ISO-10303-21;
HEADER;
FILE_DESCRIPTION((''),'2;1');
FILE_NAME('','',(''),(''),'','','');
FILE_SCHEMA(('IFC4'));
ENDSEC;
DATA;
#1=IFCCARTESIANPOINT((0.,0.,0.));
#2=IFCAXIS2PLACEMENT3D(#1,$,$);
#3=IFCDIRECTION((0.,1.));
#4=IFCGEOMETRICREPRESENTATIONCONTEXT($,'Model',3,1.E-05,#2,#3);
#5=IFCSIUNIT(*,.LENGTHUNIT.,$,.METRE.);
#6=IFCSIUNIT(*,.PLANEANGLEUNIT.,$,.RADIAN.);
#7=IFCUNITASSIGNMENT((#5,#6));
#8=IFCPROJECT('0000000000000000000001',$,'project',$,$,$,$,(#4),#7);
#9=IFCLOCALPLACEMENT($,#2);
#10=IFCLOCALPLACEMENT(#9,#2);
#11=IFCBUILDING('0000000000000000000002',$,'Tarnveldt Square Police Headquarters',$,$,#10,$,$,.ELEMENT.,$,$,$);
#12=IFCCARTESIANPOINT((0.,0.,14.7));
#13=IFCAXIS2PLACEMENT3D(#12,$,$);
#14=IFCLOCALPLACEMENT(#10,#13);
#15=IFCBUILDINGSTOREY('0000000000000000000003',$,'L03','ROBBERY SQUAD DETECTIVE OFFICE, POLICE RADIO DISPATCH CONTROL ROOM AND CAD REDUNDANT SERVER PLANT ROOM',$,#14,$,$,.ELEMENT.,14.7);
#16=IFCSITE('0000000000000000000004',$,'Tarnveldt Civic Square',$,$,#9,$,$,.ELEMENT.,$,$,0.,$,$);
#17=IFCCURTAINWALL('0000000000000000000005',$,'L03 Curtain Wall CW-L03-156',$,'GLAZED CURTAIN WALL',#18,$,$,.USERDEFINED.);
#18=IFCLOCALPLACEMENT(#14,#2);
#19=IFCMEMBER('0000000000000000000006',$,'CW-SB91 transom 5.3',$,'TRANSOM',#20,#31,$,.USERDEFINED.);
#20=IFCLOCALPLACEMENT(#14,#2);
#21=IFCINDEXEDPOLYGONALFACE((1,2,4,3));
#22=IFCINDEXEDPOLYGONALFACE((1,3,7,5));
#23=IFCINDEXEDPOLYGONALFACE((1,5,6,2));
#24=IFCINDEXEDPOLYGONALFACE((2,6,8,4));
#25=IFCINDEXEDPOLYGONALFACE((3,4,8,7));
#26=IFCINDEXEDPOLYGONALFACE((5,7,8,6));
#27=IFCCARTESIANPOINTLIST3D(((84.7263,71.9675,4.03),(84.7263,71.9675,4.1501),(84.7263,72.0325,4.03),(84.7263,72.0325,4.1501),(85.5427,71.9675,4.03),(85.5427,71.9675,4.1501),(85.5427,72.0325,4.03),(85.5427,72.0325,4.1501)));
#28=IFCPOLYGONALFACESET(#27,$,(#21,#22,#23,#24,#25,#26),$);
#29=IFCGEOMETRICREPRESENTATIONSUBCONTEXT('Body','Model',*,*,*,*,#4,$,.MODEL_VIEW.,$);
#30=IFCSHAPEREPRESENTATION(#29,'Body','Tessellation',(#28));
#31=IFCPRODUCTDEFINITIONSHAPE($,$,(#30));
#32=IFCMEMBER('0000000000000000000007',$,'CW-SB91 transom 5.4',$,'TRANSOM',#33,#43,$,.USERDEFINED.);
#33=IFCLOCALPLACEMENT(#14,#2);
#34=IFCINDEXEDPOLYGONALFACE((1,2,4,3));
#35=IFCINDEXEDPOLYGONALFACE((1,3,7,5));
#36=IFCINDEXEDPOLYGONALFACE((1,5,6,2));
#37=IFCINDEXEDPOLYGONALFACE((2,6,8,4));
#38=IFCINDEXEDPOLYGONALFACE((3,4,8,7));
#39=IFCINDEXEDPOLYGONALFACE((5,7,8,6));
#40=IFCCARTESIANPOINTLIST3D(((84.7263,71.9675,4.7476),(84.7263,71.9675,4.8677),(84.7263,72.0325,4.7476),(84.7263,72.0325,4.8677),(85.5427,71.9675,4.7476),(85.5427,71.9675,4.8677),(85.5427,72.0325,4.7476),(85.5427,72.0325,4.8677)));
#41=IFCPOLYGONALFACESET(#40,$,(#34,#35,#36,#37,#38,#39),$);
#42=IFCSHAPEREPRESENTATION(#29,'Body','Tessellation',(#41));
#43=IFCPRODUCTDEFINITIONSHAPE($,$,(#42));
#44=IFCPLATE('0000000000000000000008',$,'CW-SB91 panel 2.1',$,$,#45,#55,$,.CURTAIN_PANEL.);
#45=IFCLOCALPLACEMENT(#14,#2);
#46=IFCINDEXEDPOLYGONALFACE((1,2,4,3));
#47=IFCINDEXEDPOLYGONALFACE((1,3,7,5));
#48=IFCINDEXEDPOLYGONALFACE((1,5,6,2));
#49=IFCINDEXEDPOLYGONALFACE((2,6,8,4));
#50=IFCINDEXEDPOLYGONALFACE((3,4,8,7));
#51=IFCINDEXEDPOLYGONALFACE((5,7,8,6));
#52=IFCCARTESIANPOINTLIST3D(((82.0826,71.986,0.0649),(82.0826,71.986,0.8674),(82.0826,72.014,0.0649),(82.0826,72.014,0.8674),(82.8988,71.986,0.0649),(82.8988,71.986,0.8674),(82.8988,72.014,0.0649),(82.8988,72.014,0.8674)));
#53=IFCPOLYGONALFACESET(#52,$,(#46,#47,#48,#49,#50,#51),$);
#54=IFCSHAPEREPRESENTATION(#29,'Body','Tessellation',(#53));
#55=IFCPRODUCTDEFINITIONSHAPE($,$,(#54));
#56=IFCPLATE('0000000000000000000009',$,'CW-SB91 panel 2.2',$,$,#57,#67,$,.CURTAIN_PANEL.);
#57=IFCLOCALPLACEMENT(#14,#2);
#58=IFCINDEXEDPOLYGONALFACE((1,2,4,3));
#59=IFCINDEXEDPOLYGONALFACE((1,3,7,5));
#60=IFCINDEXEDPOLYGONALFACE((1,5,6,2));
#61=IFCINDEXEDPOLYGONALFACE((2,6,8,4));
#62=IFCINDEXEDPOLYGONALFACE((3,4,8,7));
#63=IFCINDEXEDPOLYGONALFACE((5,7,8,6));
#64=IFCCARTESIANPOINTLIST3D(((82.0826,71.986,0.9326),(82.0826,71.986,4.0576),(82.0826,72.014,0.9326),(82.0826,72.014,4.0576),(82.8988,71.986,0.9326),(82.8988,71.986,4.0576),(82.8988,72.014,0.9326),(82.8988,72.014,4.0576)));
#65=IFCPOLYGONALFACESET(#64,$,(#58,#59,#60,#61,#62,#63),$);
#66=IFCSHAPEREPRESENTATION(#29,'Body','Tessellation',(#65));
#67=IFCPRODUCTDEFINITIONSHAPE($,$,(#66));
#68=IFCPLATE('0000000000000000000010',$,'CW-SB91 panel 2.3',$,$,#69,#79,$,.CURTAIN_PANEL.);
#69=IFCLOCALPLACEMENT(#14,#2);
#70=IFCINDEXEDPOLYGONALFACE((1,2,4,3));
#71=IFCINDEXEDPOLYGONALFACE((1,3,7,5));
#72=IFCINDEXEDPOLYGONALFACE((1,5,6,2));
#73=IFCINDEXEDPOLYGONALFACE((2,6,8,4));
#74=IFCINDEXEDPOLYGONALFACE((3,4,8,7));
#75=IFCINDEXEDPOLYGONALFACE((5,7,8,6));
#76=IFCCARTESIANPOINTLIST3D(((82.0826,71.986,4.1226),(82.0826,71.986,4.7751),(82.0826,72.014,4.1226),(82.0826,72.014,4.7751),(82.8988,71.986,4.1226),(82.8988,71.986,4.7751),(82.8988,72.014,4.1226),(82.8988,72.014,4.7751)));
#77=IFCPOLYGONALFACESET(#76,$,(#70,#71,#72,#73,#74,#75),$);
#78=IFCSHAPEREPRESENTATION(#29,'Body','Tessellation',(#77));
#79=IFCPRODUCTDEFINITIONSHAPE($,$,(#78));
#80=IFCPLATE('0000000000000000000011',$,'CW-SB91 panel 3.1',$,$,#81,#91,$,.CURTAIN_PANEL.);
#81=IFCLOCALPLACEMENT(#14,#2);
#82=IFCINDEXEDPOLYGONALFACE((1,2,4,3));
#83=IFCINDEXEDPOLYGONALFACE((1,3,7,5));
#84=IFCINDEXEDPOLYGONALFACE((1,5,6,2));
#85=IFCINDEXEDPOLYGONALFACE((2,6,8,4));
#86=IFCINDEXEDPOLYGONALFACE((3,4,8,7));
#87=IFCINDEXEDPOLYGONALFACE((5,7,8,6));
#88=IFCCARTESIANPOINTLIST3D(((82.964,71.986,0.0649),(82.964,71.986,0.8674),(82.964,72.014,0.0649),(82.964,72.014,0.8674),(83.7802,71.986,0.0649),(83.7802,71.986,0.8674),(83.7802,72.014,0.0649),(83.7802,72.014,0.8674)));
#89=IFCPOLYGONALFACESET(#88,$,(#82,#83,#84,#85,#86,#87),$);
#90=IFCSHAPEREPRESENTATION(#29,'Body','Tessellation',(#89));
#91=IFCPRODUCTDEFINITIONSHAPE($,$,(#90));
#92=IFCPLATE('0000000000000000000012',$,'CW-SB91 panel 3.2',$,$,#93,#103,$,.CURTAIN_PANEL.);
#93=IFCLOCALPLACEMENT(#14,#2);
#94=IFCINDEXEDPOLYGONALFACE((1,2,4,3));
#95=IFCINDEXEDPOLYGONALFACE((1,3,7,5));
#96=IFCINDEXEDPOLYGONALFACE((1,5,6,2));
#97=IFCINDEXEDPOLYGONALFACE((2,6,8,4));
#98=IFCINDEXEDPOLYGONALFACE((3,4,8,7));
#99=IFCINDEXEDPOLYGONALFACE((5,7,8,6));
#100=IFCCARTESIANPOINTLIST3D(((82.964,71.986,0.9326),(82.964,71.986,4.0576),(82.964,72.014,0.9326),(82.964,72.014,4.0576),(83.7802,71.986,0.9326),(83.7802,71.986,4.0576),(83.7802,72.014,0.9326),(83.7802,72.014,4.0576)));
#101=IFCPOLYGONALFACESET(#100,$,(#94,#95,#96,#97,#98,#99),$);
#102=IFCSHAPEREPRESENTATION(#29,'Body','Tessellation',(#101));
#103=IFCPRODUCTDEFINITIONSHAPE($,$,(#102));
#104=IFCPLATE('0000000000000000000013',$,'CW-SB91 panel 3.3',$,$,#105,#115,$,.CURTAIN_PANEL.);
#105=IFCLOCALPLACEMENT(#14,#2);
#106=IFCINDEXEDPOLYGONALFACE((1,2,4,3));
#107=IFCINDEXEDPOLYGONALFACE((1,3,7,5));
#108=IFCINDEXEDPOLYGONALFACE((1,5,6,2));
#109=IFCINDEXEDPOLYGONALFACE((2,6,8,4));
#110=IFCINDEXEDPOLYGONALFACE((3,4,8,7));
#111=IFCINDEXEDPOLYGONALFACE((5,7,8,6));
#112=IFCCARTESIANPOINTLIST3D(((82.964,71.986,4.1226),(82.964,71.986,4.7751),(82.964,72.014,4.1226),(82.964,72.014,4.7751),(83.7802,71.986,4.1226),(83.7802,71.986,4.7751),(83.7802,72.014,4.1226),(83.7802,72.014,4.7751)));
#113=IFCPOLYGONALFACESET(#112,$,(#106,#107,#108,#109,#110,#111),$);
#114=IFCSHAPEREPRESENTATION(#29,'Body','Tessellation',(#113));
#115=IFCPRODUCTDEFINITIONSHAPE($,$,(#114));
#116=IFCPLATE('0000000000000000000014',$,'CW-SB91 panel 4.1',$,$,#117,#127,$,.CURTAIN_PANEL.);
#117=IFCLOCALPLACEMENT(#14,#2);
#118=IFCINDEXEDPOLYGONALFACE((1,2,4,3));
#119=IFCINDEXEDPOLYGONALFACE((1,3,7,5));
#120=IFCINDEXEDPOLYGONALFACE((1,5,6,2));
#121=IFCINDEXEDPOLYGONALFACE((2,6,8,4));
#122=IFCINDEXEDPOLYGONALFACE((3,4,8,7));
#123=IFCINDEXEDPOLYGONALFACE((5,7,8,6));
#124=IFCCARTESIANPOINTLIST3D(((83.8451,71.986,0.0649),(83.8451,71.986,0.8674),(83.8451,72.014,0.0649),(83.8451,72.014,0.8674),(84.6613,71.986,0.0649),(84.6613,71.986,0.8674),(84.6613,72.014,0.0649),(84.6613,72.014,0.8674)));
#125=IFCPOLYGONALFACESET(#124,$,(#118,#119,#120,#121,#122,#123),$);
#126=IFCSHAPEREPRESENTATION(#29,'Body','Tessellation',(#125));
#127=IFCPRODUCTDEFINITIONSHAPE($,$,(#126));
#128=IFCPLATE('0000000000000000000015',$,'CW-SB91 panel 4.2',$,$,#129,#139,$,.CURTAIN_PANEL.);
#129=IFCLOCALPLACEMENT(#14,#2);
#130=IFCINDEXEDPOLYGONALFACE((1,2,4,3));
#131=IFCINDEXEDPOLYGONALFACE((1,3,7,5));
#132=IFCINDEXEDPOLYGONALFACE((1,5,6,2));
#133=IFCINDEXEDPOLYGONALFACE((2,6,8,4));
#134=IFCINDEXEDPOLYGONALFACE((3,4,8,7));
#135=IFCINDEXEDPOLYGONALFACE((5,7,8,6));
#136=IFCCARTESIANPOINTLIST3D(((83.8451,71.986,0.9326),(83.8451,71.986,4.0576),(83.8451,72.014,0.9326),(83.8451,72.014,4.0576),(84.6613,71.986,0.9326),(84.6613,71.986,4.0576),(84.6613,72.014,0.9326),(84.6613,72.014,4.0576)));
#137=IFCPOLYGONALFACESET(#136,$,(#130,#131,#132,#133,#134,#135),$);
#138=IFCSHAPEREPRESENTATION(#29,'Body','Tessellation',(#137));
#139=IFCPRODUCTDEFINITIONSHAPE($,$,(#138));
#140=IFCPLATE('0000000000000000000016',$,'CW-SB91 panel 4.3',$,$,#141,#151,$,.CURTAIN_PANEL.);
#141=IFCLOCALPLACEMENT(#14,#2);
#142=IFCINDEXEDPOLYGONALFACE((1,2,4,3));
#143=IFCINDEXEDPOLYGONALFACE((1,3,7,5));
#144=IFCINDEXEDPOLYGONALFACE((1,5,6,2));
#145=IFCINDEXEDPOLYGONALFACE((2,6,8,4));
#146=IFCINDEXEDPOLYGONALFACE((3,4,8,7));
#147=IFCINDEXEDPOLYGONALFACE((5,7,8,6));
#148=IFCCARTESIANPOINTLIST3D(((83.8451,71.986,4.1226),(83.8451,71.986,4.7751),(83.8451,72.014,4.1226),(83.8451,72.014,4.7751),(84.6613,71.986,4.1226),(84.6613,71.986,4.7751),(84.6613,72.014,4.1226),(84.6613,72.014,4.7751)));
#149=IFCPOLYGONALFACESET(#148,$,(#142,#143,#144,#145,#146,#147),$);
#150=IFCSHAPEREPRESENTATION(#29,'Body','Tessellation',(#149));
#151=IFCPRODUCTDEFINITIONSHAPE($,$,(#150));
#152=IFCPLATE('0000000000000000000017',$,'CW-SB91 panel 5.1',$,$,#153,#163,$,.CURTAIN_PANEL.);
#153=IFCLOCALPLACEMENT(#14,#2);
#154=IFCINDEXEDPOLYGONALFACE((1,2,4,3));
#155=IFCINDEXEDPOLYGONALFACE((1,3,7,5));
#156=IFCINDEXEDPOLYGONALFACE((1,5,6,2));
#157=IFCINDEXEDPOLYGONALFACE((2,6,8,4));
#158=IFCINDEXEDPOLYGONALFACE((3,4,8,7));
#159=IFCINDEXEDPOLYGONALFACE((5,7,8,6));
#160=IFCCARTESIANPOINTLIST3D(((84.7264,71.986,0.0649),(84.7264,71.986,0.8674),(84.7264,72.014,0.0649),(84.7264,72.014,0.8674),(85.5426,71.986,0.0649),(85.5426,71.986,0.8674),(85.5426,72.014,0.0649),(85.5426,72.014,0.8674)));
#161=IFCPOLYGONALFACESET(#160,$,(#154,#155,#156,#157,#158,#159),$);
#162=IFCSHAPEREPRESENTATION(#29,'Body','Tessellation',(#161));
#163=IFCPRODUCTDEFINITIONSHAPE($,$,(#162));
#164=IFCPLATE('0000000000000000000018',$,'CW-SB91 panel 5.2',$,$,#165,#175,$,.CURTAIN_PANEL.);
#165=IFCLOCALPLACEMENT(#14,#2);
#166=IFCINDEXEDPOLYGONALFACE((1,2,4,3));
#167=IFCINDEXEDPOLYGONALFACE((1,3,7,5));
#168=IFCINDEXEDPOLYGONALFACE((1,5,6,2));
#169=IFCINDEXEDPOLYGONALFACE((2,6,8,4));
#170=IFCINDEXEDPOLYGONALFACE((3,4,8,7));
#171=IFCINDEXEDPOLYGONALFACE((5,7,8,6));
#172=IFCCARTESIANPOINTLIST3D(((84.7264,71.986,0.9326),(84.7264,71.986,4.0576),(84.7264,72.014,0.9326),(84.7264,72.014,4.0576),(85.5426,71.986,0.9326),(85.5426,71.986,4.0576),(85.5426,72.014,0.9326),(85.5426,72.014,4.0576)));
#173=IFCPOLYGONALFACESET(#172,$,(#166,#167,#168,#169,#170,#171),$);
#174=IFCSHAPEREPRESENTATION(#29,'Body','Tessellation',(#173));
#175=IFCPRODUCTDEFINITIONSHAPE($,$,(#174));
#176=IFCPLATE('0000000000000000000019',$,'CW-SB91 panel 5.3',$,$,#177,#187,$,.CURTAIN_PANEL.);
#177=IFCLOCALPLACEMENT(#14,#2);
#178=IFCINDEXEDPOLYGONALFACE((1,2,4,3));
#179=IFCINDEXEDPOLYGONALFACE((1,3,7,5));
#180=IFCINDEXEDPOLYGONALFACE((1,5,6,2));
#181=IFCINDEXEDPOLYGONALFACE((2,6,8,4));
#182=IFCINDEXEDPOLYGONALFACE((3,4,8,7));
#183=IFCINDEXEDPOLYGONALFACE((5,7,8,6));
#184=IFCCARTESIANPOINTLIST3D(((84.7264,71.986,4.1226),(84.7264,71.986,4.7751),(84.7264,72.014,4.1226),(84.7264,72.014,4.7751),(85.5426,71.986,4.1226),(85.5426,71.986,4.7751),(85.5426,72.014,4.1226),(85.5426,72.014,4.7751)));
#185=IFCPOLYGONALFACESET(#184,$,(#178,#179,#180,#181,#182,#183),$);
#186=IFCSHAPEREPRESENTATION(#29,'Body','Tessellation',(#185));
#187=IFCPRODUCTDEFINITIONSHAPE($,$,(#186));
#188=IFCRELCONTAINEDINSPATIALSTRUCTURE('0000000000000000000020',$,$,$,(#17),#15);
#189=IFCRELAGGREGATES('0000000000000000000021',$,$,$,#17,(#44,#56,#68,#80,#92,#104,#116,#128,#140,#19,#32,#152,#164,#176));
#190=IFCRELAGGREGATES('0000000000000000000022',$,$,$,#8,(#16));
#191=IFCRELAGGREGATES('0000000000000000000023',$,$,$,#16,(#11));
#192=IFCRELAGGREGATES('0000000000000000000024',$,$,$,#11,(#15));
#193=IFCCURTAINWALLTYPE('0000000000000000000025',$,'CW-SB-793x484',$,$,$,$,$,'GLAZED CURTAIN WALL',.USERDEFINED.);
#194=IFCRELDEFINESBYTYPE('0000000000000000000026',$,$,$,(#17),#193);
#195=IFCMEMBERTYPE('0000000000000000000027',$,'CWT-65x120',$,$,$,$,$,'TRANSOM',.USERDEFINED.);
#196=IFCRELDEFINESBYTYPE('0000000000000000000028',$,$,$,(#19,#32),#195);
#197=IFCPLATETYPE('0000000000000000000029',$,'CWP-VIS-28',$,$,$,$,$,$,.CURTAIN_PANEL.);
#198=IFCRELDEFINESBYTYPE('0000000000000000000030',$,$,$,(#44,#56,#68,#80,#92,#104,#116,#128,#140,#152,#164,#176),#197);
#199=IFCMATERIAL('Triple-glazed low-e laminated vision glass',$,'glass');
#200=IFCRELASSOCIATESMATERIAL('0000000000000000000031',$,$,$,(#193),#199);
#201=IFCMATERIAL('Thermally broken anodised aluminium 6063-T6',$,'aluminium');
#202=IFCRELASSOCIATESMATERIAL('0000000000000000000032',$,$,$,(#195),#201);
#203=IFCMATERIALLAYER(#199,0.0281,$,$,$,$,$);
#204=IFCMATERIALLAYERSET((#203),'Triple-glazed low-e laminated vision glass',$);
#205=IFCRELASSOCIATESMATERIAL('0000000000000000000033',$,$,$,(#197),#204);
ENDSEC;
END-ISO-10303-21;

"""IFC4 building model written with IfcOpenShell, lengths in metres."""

from ifc_helpers import new_model, si_unit, direction, frame, origin, origin_2d, place, context, subcontext, project, spatial, rectangle, extrude, material, layer, layer_set, material_profile, profile_set, type_object, element, aggregate, save


model = new_model("IFC4")

# Units and contexts
model_context = context("Model", 3, precision=1e-05, world=origin(), true_north=direction((0.0, 1.0)))
body_context = subcontext(model_context, "Body", "Model", "MODEL_VIEW")
ifc_project = project(units=[si_unit("LENGTHUNIT", "METRE"), si_unit("PLANEANGLEUNIT", "RADIAN")], contexts=[model_context])

# Site, building, storey
site_placement = place(None, origin())
site = spatial("IfcSite", under=ifc_project, at=site_placement, Name="Tarnveldt Civic Square", CompositionType="ELEMENT", RefElevation=0.0)
building_placement = place(site_placement, origin())
building = spatial("IfcBuilding", under=site, at=building_placement, Name="Tarnveldt Square Police Headquarters", CompositionType="ELEMENT")
storey_placement = place(building_placement, frame((0.0, 0.0, 14.7)))
storey = spatial("IfcBuildingStorey", under=building, at=storey_placement, Name="L03", Description="ROBBERY SQUAD DETECTIVE OFFICE, POLICE RADIO DISPATCH CONTROL ROOM AND CAD REDUNDANT SERVER PLANT ROOM", CompositionType="ELEMENT", Elevation=14.7)

# Curtain wall, members, plates
ifc_material_1 = material(Name="Triple-glazed low-e laminated vision glass", Category="glass")
curtain_wall_type = type_object("IfcCurtainWallType", Name="CW-SB-793x484", ElementType="GLAZED CURTAIN WALL", PredefinedType="USERDEFINED", material=ifc_material_1)
curtain_wall_placement = place(storey_placement, origin())
curtain_wall = element("IfcCurtainWall", 1, at=curtain_wall_placement, inside=storey, type_object=curtain_wall_type, Name="L03 Curtain Wall CW-L03-156", ObjectType="GLAZED CURTAIN WALL", PredefinedType="USERDEFINED")
ifc_material_2 = material(Name="Thermally broken anodised aluminium 6063-T6", Category="aluminium")
ifc_material_profile_1 = material_profile(ifc_material_2, rectangle(XDim=0.0649, YDim=0.1201, at=origin_2d()), Name="CW-T65x120")
ifc_profile_set_1 = profile_set([ifc_material_profile_1], Name="Thermally broken anodised aluminium 6063-T6")
member_type_1 = type_object("IfcMemberType", Name="CWT-65x120", ElementType="TRANSOM", PredefinedType="USERDEFINED", material=ifc_profile_set_1)
member_1_placement = place(storey_placement, frame((84.7263, 72.0, 4.0901), z_axis=(1.0, 0.0, 0.0), x_axis=(0.0, 1.0, 0.0)))
member_1 = element("IfcMember", 2, at=member_1_placement, type_object=member_type_1, Name="CW-SB91 transom 5.3", ObjectType="TRANSOM", PredefinedType="USERDEFINED", context=body_context, shape_type="SweptSolid", body=[
    extrude(rectangle(XDim=0.0649, YDim=0.1201, at=origin_2d()), origin(), (0.0, 0.0, 1.0), 0.8164),
])
member_2_placement = place(storey_placement, frame((84.7263, 72.0, 4.8076), z_axis=(1.0, 0.0, 0.0), x_axis=(0.0, 1.0, 0.0)))
member_2 = element("IfcMember", 3, at=member_2_placement, type_object=member_type_1, Name="CW-SB91 transom 5.4", ObjectType="TRANSOM", PredefinedType="USERDEFINED", context=body_context, shape_type="SweptSolid", body=[
    extrude(rectangle(XDim=0.0649, YDim=0.1201, at=origin_2d()), origin(), (0.0, 0.0, 1.0), 0.8164),
])
ifc_layer = layer(ifc_material_1, 0.0281)
ifc_layer_set = layer_set([ifc_layer], Name="Triple-glazed low-e laminated vision glass")
plate_type = type_object("IfcPlateType", Name="CWP-VIS-28", PredefinedType="CURTAIN_PANEL", material=ifc_layer_set)
plate_1_placement = place(storey_placement, frame((82.4907, 72.0, 0.0649), z_axis=(0.0, 0.0, 1.0), x_axis=(1.0, 0.0, 0.0)))
plate_1 = element("IfcPlate", 4, at=plate_1_placement, type_object=plate_type, Name="CW-SB91 panel 2.1", PredefinedType="CURTAIN_PANEL", context=body_context, shape_type="SweptSolid", body=[
    extrude(rectangle(XDim=0.8162, YDim=0.0281, at=origin_2d()), origin(), (0.0, 0.0, 1.0), 0.8025),
])
plate_2_placement = place(storey_placement, frame((82.4907, 72.0, 0.9326), z_axis=(0.0, 0.0, 1.0), x_axis=(1.0, 0.0, 0.0)))
plate_2 = element("IfcPlate", 5, at=plate_2_placement, type_object=plate_type, Name="CW-SB91 panel 2.2", PredefinedType="CURTAIN_PANEL", context=body_context, shape_type="SweptSolid", body=[
    extrude(rectangle(XDim=0.8162, YDim=0.0281, at=origin_2d()), origin(), (0.0, 0.0, 1.0), 3.125),
])
plate_3_placement = place(storey_placement, frame((82.4907, 72.0, 4.1226), z_axis=(0.0, 0.0, 1.0), x_axis=(1.0, 0.0, 0.0)))
plate_3 = element("IfcPlate", 6, at=plate_3_placement, type_object=plate_type, Name="CW-SB91 panel 2.3", PredefinedType="CURTAIN_PANEL", context=body_context, shape_type="SweptSolid", body=[
    extrude(rectangle(XDim=0.8162, YDim=0.0281, at=origin_2d()), origin(), (0.0, 0.0, 1.0), 0.6526),
])
plate_4_placement = place(storey_placement, frame((83.3721, 72.0, 0.0649), z_axis=(0.0, 0.0, 1.0), x_axis=(1.0, 0.0, 0.0)))
plate_4 = element("IfcPlate", 7, at=plate_4_placement, type_object=plate_type, Name="CW-SB91 panel 3.1", PredefinedType="CURTAIN_PANEL", context=body_context, shape_type="SweptSolid", body=[
    extrude(rectangle(XDim=0.8162, YDim=0.0281, at=origin_2d()), origin(), (0.0, 0.0, 1.0), 0.8025),
])
plate_5_placement = place(storey_placement, frame((83.3721, 72.0, 0.9326), z_axis=(0.0, 0.0, 1.0), x_axis=(1.0, 0.0, 0.0)))
plate_5 = element("IfcPlate", 8, at=plate_5_placement, type_object=plate_type, Name="CW-SB91 panel 3.2", PredefinedType="CURTAIN_PANEL", context=body_context, shape_type="SweptSolid", body=[
    extrude(rectangle(XDim=0.8162, YDim=0.0281, at=origin_2d()), origin(), (0.0, 0.0, 1.0), 3.125),
])
plate_6_placement = place(storey_placement, frame((83.3721, 72.0, 4.1226), z_axis=(0.0, 0.0, 1.0), x_axis=(1.0, 0.0, 0.0)))
plate_6 = element("IfcPlate", 9, at=plate_6_placement, type_object=plate_type, Name="CW-SB91 panel 3.3", PredefinedType="CURTAIN_PANEL", context=body_context, shape_type="SweptSolid", body=[
    extrude(rectangle(XDim=0.8162, YDim=0.0281, at=origin_2d()), origin(), (0.0, 0.0, 1.0), 0.6526),
])
plate_7_placement = place(storey_placement, frame((84.2532, 72.0, 0.0649), z_axis=(0.0, 0.0, 1.0), x_axis=(1.0, 0.0, 0.0)))
plate_7 = element("IfcPlate", 10, at=plate_7_placement, type_object=plate_type, Name="CW-SB91 panel 4.1", PredefinedType="CURTAIN_PANEL", context=body_context, shape_type="SweptSolid", body=[
    extrude(rectangle(XDim=0.8162, YDim=0.0281, at=origin_2d()), origin(), (0.0, 0.0, 1.0), 0.8025),
])
plate_8_placement = place(storey_placement, frame((84.2532, 72.0, 0.9326), z_axis=(0.0, 0.0, 1.0), x_axis=(1.0, 0.0, 0.0)))
plate_8 = element("IfcPlate", 11, at=plate_8_placement, type_object=plate_type, Name="CW-SB91 panel 4.2", PredefinedType="CURTAIN_PANEL", context=body_context, shape_type="SweptSolid", body=[
    extrude(rectangle(XDim=0.8162, YDim=0.0281, at=origin_2d()), origin(), (0.0, 0.0, 1.0), 3.125),
])
plate_9_placement = place(storey_placement, frame((84.2532, 72.0, 4.1226), z_axis=(0.0, 0.0, 1.0), x_axis=(1.0, 0.0, 0.0)))
plate_9 = element("IfcPlate", 12, at=plate_9_placement, type_object=plate_type, Name="CW-SB91 panel 4.3", PredefinedType="CURTAIN_PANEL", context=body_context, shape_type="SweptSolid", body=[
    extrude(rectangle(XDim=0.8162, YDim=0.0281, at=origin_2d()), origin(), (0.0, 0.0, 1.0), 0.6526),
])
plate_10_placement = place(storey_placement, frame((85.1345, 72.0, 0.0649), z_axis=(0.0, 0.0, 1.0), x_axis=(1.0, 0.0, 0.0)))
plate_10 = element("IfcPlate", 13, at=plate_10_placement, type_object=plate_type, Name="CW-SB91 panel 5.1", PredefinedType="CURTAIN_PANEL", context=body_context, shape_type="SweptSolid", body=[
    extrude(rectangle(XDim=0.8162, YDim=0.0281, at=origin_2d()), origin(), (0.0, 0.0, 1.0), 0.8025),
])
plate_11_placement = place(storey_placement, frame((85.1345, 72.0, 0.9326), z_axis=(0.0, 0.0, 1.0), x_axis=(1.0, 0.0, 0.0)))
plate_11 = element("IfcPlate", 14, at=plate_11_placement, type_object=plate_type, Name="CW-SB91 panel 5.2", PredefinedType="CURTAIN_PANEL", context=body_context, shape_type="SweptSolid", body=[
    extrude(rectangle(XDim=0.8162, YDim=0.0281, at=origin_2d()), origin(), (0.0, 0.0, 1.0), 3.125),
])
plate_12_placement = place(storey_placement, frame((85.1345, 72.0, 4.1226), z_axis=(0.0, 0.0, 1.0), x_axis=(1.0, 0.0, 0.0)))
plate_12 = element("IfcPlate", 15, at=plate_12_placement, type_object=plate_type, Name="CW-SB91 panel 5.3", PredefinedType="CURTAIN_PANEL", context=body_context, shape_type="SweptSolid", body=[
    extrude(rectangle(XDim=0.8162, YDim=0.0281, at=origin_2d()), origin(), (0.0, 0.0, 1.0), 0.6526),
])
aggregate(curtain_wall, [plate_1, plate_2, plate_3, plate_4, plate_5, plate_6, plate_7, plate_8, plate_9, member_1, member_2, plate_10, plate_11, plate_12])

save(model, "model.ifc")
